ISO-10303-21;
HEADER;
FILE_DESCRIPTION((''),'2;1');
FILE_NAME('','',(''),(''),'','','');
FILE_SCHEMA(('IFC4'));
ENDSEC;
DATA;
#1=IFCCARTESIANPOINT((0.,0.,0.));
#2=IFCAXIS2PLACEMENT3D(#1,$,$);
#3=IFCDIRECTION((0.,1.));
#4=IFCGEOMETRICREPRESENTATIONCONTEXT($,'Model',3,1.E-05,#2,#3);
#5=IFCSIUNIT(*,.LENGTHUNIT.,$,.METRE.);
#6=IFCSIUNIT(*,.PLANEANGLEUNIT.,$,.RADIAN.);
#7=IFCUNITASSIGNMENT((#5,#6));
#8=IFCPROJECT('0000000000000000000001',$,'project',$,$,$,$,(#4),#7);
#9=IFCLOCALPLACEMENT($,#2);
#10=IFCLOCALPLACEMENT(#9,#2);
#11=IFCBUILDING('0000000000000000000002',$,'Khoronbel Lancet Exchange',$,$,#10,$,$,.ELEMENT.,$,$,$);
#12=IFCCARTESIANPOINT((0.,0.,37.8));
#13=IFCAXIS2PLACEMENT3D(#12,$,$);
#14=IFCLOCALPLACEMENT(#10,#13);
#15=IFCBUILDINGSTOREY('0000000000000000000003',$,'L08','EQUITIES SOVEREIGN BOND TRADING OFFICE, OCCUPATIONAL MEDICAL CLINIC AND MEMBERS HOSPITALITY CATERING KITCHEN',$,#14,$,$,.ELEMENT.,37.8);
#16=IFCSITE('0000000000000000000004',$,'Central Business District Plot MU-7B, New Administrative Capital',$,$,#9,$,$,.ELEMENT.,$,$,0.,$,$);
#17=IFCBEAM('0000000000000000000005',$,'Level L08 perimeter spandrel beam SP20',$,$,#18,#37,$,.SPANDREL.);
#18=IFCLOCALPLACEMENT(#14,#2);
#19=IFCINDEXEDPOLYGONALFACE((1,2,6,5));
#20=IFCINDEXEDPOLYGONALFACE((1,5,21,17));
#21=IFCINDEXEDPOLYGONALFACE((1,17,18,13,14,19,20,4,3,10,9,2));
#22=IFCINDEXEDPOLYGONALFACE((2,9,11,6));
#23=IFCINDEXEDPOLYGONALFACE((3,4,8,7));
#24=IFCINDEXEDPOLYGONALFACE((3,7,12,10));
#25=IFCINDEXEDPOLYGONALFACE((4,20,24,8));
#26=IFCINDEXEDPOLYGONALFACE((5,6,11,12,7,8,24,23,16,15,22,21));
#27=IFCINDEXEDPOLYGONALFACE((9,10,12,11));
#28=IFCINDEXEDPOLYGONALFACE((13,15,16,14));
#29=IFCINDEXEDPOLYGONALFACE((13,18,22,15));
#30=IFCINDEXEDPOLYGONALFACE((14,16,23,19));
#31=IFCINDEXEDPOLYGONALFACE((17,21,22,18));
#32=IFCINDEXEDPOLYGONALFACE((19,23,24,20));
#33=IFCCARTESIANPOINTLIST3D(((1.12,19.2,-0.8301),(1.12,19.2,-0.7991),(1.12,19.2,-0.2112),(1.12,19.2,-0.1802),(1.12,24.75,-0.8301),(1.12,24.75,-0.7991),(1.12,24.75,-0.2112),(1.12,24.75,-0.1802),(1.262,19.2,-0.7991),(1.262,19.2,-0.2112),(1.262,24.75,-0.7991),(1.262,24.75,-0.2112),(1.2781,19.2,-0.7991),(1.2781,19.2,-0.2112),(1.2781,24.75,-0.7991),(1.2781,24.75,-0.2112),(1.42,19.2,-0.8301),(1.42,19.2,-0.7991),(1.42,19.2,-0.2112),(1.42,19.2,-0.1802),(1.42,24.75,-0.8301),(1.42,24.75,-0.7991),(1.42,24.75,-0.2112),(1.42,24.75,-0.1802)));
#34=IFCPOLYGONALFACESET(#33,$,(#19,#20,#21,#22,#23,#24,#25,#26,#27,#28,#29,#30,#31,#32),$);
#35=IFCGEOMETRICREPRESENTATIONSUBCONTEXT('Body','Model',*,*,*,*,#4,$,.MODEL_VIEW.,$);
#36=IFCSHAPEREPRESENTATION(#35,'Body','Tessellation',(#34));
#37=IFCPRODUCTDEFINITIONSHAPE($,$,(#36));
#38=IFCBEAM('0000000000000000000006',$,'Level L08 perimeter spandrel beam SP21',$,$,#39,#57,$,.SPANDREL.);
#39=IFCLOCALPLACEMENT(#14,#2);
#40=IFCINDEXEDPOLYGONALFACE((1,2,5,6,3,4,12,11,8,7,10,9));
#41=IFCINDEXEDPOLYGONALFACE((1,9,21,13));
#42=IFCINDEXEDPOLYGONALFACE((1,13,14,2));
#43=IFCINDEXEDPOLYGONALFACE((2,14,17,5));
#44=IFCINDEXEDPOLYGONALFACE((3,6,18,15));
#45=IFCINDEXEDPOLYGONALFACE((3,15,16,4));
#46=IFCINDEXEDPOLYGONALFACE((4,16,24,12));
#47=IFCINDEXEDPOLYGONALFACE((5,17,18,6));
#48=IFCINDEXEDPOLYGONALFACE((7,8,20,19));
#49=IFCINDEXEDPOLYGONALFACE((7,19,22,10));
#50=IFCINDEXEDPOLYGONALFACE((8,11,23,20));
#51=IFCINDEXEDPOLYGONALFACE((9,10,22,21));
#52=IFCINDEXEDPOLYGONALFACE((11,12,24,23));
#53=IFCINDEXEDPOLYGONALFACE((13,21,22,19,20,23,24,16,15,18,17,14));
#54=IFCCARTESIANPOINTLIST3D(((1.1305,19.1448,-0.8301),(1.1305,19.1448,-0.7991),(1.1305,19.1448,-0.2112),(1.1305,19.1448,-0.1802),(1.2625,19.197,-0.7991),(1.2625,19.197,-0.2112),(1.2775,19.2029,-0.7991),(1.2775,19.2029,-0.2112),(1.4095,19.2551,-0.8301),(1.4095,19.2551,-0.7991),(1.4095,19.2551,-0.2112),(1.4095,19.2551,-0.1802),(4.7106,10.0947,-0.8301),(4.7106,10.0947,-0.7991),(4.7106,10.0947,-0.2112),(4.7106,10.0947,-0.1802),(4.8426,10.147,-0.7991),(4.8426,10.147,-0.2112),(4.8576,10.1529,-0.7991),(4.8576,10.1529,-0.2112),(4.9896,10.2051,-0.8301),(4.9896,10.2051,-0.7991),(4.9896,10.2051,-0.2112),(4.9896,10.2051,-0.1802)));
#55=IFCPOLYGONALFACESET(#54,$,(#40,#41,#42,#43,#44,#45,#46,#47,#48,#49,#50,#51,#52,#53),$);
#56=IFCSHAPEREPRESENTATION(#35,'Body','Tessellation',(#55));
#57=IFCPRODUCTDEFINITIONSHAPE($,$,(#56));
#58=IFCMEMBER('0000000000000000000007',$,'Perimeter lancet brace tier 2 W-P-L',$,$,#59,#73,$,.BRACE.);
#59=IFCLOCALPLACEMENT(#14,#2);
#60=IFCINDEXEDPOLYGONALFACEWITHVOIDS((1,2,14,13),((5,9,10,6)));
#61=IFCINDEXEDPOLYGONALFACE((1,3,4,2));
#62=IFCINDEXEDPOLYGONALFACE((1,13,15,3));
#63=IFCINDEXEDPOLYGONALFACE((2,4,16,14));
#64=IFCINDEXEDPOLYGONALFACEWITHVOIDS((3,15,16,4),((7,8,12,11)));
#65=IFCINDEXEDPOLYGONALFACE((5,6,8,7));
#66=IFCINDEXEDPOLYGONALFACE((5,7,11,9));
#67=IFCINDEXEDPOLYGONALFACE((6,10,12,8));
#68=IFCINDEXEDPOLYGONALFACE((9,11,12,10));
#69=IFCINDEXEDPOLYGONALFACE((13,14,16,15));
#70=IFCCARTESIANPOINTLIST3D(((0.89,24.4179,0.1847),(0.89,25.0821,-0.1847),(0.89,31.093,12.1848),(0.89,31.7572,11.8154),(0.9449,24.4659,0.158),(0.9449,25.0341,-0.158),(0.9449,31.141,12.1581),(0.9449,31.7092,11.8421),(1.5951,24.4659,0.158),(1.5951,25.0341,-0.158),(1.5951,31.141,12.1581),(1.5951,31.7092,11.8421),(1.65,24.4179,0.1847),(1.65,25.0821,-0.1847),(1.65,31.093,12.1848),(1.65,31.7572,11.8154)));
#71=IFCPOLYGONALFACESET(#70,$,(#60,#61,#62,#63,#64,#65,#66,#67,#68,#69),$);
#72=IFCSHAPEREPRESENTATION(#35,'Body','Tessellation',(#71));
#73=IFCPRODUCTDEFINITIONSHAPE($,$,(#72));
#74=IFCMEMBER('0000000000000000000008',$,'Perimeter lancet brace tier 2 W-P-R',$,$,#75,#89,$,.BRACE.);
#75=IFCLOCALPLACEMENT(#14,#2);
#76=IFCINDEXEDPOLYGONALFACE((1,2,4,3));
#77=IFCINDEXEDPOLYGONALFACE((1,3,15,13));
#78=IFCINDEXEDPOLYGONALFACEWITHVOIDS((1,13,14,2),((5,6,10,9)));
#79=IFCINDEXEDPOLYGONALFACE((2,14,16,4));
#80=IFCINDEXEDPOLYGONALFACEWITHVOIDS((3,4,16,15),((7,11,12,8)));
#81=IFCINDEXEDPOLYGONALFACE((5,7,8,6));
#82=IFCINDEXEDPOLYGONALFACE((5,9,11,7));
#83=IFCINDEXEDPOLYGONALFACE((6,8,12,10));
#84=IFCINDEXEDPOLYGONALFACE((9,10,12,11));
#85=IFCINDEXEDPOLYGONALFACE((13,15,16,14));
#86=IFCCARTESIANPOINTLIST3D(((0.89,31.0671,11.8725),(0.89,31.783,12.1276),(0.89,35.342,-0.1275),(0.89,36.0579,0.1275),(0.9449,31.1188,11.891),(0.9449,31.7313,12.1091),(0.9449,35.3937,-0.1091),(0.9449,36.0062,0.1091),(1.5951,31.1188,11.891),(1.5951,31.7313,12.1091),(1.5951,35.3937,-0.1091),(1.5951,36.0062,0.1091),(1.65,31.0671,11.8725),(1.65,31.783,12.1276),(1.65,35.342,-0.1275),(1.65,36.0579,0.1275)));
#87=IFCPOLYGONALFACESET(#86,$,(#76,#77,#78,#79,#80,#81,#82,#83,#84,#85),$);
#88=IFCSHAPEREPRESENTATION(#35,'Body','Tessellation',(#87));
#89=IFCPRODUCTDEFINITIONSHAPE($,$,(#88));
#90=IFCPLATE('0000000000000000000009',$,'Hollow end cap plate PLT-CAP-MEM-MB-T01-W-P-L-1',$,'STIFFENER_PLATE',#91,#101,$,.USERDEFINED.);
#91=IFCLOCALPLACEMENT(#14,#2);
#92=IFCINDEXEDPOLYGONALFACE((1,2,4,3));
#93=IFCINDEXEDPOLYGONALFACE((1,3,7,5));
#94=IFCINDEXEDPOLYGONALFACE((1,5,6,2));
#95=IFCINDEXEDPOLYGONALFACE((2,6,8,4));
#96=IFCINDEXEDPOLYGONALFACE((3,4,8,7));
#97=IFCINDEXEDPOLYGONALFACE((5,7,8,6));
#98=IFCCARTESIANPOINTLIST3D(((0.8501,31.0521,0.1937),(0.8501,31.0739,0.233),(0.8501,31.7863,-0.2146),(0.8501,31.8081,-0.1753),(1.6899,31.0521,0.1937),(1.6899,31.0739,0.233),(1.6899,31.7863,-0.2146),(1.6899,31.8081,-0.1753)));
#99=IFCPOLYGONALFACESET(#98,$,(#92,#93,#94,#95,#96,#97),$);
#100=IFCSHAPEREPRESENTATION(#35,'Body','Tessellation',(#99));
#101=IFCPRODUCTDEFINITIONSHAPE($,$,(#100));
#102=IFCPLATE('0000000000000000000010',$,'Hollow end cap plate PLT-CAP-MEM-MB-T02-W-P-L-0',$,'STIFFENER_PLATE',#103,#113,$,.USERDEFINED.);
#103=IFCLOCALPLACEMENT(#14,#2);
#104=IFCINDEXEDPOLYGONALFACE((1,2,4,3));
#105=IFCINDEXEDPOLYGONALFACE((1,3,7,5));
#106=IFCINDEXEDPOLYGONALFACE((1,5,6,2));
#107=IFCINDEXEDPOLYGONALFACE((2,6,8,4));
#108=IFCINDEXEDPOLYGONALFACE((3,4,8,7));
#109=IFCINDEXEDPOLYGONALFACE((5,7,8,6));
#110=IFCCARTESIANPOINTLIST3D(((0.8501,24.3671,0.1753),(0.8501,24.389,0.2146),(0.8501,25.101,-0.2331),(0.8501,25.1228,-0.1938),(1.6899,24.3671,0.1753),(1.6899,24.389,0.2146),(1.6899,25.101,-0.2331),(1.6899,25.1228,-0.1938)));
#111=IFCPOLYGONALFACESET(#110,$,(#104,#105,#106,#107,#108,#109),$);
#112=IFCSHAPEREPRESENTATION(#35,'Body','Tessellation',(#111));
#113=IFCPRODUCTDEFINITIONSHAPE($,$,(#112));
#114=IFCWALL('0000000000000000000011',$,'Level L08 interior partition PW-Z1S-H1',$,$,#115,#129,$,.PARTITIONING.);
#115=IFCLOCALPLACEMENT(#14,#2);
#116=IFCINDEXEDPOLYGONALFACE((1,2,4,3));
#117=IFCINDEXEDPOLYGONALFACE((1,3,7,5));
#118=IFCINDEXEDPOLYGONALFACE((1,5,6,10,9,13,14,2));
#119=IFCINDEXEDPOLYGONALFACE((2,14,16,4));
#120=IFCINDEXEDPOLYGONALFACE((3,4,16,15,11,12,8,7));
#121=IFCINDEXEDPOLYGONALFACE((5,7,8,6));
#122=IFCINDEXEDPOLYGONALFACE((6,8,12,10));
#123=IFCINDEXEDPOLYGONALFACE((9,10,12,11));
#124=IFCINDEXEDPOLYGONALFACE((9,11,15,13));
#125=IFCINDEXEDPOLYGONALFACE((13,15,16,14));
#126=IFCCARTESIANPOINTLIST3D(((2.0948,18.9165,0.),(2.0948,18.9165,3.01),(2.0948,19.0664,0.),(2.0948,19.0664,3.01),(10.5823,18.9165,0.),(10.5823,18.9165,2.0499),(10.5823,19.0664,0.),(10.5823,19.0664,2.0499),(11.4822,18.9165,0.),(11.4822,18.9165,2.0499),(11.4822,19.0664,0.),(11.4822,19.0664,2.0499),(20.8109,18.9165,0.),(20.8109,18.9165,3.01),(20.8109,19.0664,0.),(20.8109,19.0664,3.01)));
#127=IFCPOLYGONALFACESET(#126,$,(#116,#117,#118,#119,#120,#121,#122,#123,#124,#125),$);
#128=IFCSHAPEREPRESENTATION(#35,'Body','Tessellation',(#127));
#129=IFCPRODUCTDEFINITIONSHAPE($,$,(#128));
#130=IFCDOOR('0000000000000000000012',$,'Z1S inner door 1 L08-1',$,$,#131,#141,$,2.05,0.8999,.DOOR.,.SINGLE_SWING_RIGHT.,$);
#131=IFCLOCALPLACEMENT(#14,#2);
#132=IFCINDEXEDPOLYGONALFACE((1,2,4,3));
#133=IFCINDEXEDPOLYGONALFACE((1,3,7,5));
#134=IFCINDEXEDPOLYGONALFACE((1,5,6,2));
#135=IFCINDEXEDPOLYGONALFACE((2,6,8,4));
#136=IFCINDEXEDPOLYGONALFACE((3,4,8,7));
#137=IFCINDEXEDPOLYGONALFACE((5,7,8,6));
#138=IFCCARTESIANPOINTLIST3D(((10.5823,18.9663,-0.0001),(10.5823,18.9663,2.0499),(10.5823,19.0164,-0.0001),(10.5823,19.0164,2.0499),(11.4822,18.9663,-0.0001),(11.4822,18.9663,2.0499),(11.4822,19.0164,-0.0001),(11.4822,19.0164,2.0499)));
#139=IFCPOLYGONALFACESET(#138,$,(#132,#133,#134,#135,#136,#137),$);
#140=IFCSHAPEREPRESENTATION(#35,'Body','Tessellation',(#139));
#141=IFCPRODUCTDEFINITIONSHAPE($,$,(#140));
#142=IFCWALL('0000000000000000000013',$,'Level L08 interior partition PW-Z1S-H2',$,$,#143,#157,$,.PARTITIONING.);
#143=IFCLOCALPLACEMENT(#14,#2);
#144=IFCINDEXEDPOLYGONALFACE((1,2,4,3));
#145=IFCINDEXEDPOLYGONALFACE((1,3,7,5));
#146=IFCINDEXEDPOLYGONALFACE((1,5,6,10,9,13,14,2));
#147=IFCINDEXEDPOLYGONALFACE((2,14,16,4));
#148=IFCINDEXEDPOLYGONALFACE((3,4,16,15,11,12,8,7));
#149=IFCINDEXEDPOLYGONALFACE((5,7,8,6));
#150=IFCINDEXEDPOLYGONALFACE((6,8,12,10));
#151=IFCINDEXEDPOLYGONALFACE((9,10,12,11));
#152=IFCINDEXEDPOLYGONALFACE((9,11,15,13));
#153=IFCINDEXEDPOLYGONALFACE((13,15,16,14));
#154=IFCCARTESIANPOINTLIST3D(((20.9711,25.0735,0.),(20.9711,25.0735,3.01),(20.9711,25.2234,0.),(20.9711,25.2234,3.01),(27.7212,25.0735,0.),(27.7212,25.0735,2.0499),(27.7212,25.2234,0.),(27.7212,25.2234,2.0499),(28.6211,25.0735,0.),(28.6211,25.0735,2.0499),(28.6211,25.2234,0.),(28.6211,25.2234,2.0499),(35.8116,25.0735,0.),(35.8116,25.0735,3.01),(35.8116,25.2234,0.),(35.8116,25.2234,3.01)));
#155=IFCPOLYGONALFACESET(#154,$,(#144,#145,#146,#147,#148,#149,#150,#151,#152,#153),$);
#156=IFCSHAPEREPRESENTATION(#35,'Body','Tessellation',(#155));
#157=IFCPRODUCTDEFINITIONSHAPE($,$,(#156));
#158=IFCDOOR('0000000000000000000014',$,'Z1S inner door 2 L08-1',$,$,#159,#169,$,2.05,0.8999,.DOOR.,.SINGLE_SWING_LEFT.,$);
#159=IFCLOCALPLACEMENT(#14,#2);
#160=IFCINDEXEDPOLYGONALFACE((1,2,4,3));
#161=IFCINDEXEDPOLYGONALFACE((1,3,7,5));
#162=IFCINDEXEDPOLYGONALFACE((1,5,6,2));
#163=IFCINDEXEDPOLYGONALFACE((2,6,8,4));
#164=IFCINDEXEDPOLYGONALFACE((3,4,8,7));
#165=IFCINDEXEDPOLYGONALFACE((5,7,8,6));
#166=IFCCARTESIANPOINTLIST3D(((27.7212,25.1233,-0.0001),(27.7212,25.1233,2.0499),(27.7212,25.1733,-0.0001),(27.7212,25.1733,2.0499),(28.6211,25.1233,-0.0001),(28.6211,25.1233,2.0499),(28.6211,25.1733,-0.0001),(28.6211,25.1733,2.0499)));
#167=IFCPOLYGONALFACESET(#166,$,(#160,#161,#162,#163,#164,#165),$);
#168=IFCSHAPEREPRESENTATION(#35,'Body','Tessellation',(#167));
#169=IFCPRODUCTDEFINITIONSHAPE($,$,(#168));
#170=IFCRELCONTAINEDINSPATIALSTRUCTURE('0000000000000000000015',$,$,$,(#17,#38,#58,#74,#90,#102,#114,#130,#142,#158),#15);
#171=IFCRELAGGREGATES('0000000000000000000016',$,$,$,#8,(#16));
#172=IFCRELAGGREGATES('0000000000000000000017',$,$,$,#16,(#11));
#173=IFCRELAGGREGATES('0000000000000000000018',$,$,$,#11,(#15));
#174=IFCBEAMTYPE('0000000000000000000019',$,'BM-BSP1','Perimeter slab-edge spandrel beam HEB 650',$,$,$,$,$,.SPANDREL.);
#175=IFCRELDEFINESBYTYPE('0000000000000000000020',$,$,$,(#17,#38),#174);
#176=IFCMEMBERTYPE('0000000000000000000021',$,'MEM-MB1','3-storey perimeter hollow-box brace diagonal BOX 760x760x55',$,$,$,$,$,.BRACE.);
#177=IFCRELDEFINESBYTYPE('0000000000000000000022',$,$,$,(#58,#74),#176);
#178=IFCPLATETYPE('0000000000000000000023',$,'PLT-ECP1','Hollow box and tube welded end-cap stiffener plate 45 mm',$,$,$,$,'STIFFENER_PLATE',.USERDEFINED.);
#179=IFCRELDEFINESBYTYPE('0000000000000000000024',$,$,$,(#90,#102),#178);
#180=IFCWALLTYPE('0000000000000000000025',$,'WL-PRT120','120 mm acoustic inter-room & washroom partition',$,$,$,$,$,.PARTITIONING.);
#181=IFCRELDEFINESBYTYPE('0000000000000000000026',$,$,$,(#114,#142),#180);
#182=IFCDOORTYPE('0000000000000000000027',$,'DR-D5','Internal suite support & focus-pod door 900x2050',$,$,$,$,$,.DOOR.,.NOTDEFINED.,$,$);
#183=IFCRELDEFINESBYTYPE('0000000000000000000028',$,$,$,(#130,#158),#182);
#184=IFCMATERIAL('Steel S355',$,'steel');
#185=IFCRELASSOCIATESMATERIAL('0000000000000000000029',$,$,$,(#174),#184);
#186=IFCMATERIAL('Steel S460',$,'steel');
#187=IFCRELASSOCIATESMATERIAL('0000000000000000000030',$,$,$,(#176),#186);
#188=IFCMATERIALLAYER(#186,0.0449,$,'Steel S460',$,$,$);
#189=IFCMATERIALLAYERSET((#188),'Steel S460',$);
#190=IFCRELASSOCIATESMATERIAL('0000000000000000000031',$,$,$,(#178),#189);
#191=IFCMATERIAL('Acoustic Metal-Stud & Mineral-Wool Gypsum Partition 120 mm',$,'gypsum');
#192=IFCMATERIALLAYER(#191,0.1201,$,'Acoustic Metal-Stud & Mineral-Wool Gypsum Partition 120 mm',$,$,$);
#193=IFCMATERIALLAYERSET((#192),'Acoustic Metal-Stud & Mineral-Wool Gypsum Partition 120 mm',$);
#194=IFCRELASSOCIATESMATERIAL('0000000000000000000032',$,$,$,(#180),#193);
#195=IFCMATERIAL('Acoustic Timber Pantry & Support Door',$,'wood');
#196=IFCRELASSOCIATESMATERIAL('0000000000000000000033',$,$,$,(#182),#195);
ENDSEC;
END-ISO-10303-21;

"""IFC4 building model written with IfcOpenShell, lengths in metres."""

from ifc_helpers import new_model, si_unit, direction, frame, frame_2d, origin, origin_2d, place, context, subcontext, project, spatial, polyline, rectangle, hollow_rectangle, i_section, outline, extrude, material, layer, layer_set, material_profile, profile_set, type_object, element, fill, save


model = new_model("IFC4")

# Units and contexts
model_context = context("Model", 3, precision=1e-05, world=origin(), true_north=direction((0.0, 1.0)))
body_context = subcontext(model_context, "Body", "Model", "MODEL_VIEW")
ifc_project = project(units=[si_unit("LENGTHUNIT", "METRE"), si_unit("PLANEANGLEUNIT", "RADIAN")], contexts=[model_context])

# Site, building, storey
site_placement = place(None, origin())
site = spatial("IfcSite", under=ifc_project, at=site_placement, Name="Central Business District Plot MU-7B, New Administrative Capital", CompositionType="ELEMENT", RefElevation=0.0)
building_placement = place(site_placement, origin())
building = spatial("IfcBuilding", under=site, at=building_placement, Name="Khoronbel Lancet Exchange", CompositionType="ELEMENT")
storey_placement = place(building_placement, frame((0.0, 0.0, 37.8)))
storey = spatial("IfcBuildingStorey", under=building, at=storey_placement, Name="L08", Description="EQUITIES SOVEREIGN BOND TRADING OFFICE, OCCUPATIONAL MEDICAL CLINIC AND MEMBERS HOSPITALITY CATERING KITCHEN", CompositionType="ELEMENT", Elevation=37.8)

# Shared definitions
ifc_material_1 = material(Name="Steel S355", Category="steel")

# Beams
ifc_material_profile_1 = material_profile(ifc_material_1, i_section(OverallWidth=0.3, OverallDepth=0.6499, WebThickness=0.0161, FlangeThickness=0.031, at=origin_2d()), Name="HEB 650")
ifc_profile_set_1 = profile_set([ifc_material_profile_1], Name="Steel S355")
beam_type_1 = type_object("IfcBeamType", Name="BM-BSP1", Description="Perimeter slab-edge spandrel beam HEB 650", PredefinedType="SPANDREL", material=ifc_profile_set_1)
beam_1_placement = place(storey_placement, frame((1.27, 24.75, -0.5051), z_axis=(0.0, -1.0, 0.0), x_axis=(1.0, 0.0, 0.0)))
element("IfcBeam", 1, at=beam_1_placement, inside=storey, type_object=beam_type_1, Name="Level L08 perimeter spandrel beam SP20", PredefinedType="SPANDREL", context=body_context, shape_type="SweptSolid", body=[
    extrude(i_section(OverallWidth=0.3, OverallDepth=0.6499, WebThickness=0.0161, FlangeThickness=0.031, at=origin_2d()), origin(), (0.0, 0.0, 1.0), 5.55),
])
beam_2_placement = place(storey_placement, frame((1.27, 19.2, -0.5051), z_axis=(0.36785, -0.929885, 0.0), x_axis=(0.929885, 0.36785, 0.0)))
element("IfcBeam", 2, at=beam_2_placement, inside=storey, type_object=beam_type_1, Name="Level L08 perimeter spandrel beam SP21", PredefinedType="SPANDREL", context=body_context, shape_type="SweptSolid", body=[
    extrude(i_section(OverallWidth=0.3, OverallDepth=0.6499, WebThickness=0.0161, FlangeThickness=0.031, at=origin_2d()), origin(), (0.0, 0.0, 1.0), 9.7324),
])

# Members
ifc_material_2 = material(Name="Steel S460", Category="steel")
ifc_material_profile_2 = material_profile(ifc_material_2, hollow_rectangle(XDim=0.76, YDim=0.76, WallThickness=0.0549, at=origin_2d()), Name="BOX 760x760x55")
ifc_profile_set_2 = profile_set([ifc_material_profile_2], Name="Steel S460")
member_type = type_object("IfcMemberType", Name="MEM-MB1", Description="3-storey perimeter hollow-box brace diagonal BOX 760x760x55", PredefinedType="BRACE", material=ifc_profile_set_2)
member_1_placement = place(storey_placement, frame((1.27, 24.75, 0.0), z_axis=(0.0, 0.486109, 0.873898), x_axis=(-1.0, 0.0, 0.0)))
element("IfcMember", 3, at=member_1_placement, inside=storey, type_object=member_type, Name="Perimeter lancet brace tier 2 W-P-L", PredefinedType="BRACE", context=body_context, shape_type="SweptSolid", body=[
    extrude(hollow_rectangle(XDim=0.76, YDim=0.76, WallThickness=0.0549, at=origin_2d()), origin(), (0.0, 0.0, 1.0), 13.7317),
])
member_2_placement = place(storey_placement, frame((1.27, 35.7, 0.0), z_axis=(0.0, -0.335584, 0.94201), x_axis=(1.0, 0.0, 0.0)))
element("IfcMember", 4, at=member_2_placement, inside=storey, type_object=member_type, Name="Perimeter lancet brace tier 2 W-P-R", PredefinedType="BRACE", context=body_context, shape_type="SweptSolid", body=[
    extrude(hollow_rectangle(XDim=0.76, YDim=0.76, WallThickness=0.0549, at=origin_2d()), origin(), (0.0, 0.0, 1.0), 12.7388),
])

# Plates
ifc_layer_1 = layer(ifc_material_2, 0.0449, Name="Steel S460")
ifc_layer_set_1 = layer_set([ifc_layer_1], Name="Steel S460")
plate_type = type_object("IfcPlateType", Name="PLT-ECP1", Description="Hollow box and tube welded end-cap stiffener plate 45 mm", ElementType="STIFFENER_PLATE", PredefinedType="USERDEFINED", material=ifc_layer_set_1)
plate_1_placement = place(storey_placement, frame((1.6899, 31.8081, -0.1753), z_axis=(0.0, 0.485964, 0.873979), x_axis=(-1.0, 0.0, 0.0)))
element("IfcPlate", 5, at=plate_1_placement, inside=storey, type_object=plate_type, Name="Hollow end cap plate PLT-CAP-MEM-MB-T01-W-P-L-1", ObjectType="STIFFENER_PLATE", PredefinedType="USERDEFINED", context=body_context, shape_type="SweptSolid", body=[
    extrude(outline(polyline([(0.0, 0.0), (0.8398, 0.0), (0.8398, 0.8401), (0.0, 0.8401), (0.0, 0.0)])), origin(), (0.0, 0.0, -1.0), 0.0449),
])
plate_2_placement = place(storey_placement, frame((1.6899, 25.1228, -0.1938), z_axis=(0.0, 0.486309, 0.873787), x_axis=(-1.0, 0.0, 0.0)))
element("IfcPlate", 6, at=plate_2_placement, inside=storey, type_object=plate_type, Name="Hollow end cap plate PLT-CAP-MEM-MB-T02-W-P-L-0", ObjectType="STIFFENER_PLATE", PredefinedType="USERDEFINED", context=body_context, shape_type="SweptSolid", body=[
    extrude(outline(polyline([(0.0, 0.0), (0.8398, 0.0), (0.8398, 0.8398), (0.0, 0.8398), (0.0, 0.0)])), origin(), (0.0, 0.0, -1.0), 0.0449),
])

# Walls, openings, doors
ifc_material_3 = material(Name="Acoustic Metal-Stud & Mineral-Wool Gypsum Partition 120 mm", Category="gypsum")
ifc_layer_2 = layer(ifc_material_3, 0.1201, Name="Acoustic Metal-Stud & Mineral-Wool Gypsum Partition 120 mm")
ifc_layer_set_2 = layer_set([ifc_layer_2], Name="Acoustic Metal-Stud & Mineral-Wool Gypsum Partition 120 mm")
wall_type = type_object("IfcWallType", Name="WL-PRT120", Description="120 mm acoustic inter-room & washroom partition", PredefinedType="PARTITIONING", material=ifc_layer_set_2)
wall_1_placement = place(storey_placement, frame((2.095, 18.9915, 0.0), z_axis=(0.0, 0.0, 1.0), x_axis=(1.0, 0.0, 0.0)))
wall_1 = element("IfcWall", 7, at=wall_1_placement, inside=storey, type_object=wall_type, Name="Level L08 interior partition PW-Z1S-H1", PredefinedType="PARTITIONING", context=body_context, shape_type="SweptSolid", body=[
    extrude(rectangle(XDim=18.7161, YDim=0.1499, at=frame_2d((9.3579, 0.0))), origin(), (0.0, 0.0, 1.0), 3.01),
])
opening_1_placement = place(wall_1_placement, frame((8.4873, 0.0, 0.0)))
opening_1 = element("IfcOpeningElement", 8, at=opening_1_placement, cuts=wall_1, PredefinedType="OPENING", context=body_context, shape_type="SweptSolid", body=[
    extrude(rectangle(XDim=0.8999, YDim=2.05, at=frame_2d((0.45, 1.0249))), frame((0.0, 0.085, 0.0), z_axis=(0.0, -1.0, 0.0), x_axis=(1.0, 0.0, 0.0)), (0.0, 0.0, 1.0), 0.1699),
])
ifc_material_4 = material(Name="Acoustic Timber Pantry & Support Door", Category="wood")
door_type = type_object("IfcDoorType", Name="DR-D5", Description="Internal suite support & focus-pod door 900x2050", OperationType="NOTDEFINED", PredefinedType="DOOR", material=ifc_material_4)
door_1_placement = place(opening_1_placement, origin())
door_1 = element("IfcDoor", 9, at=door_1_placement, inside=storey, type_object=door_type, Name="Z1S inner door 1 L08-1", OperationType="SINGLE_SWING_RIGHT", OverallHeight=2.05, OverallWidth=0.8999, PredefinedType="DOOR", context=body_context, shape_type="SweptSolid", body=[
    extrude(rectangle(XDim=0.8999, YDim=2.05, at=frame_2d((0.45, 1.0249))), frame((0.0, 0.0249, 0.0), z_axis=(0.0, -1.0, 0.0), x_axis=(1.0, 0.0, 0.0)), (0.0, 0.0, 1.0), 0.05),
])
fill(opening_1, door_1)
wall_2_placement = place(storey_placement, frame((20.9709, 25.1484, 0.0), z_axis=(0.0, 0.0, 1.0), x_axis=(1.0, 0.0, 0.0)))
wall_2 = element("IfcWall", 10, at=wall_2_placement, inside=storey, type_object=wall_type, Name="Level L08 interior partition PW-Z1S-H2", PredefinedType="PARTITIONING", context=body_context, shape_type="SweptSolid", body=[
    extrude(rectangle(XDim=14.8406, YDim=0.1499, at=frame_2d((7.4204, 0.0))), origin(), (0.0, 0.0, 1.0), 3.01),
])
opening_2_placement = place(wall_2_placement, frame((6.7502, 0.0, 0.0)))
opening_2 = element("IfcOpeningElement", 11, at=opening_2_placement, cuts=wall_2, PredefinedType="OPENING", context=body_context, shape_type="SweptSolid", body=[
    extrude(rectangle(XDim=0.8999, YDim=2.05, at=frame_2d((0.45, 1.0249))), frame((0.0, 0.085, 0.0), z_axis=(0.0, -1.0, 0.0), x_axis=(1.0, 0.0, 0.0)), (0.0, 0.0, 1.0), 0.1699),
])
door_2_placement = place(opening_2_placement, origin())
door_2 = element("IfcDoor", 12, at=door_2_placement, inside=storey, type_object=door_type, Name="Z1S inner door 2 L08-1", OperationType="SINGLE_SWING_LEFT", OverallHeight=2.05, OverallWidth=0.8999, PredefinedType="DOOR", context=body_context, shape_type="SweptSolid", body=[
    extrude(rectangle(XDim=0.8999, YDim=2.05, at=frame_2d((0.45, 1.0249))), frame((0.0, 0.0249, 0.0), z_axis=(0.0, -1.0, 0.0), x_axis=(1.0, 0.0, 0.0)), (0.0, 0.0, 1.0), 0.05),
])
fill(opening_2, door_2)

save(model, "model.ifc")
